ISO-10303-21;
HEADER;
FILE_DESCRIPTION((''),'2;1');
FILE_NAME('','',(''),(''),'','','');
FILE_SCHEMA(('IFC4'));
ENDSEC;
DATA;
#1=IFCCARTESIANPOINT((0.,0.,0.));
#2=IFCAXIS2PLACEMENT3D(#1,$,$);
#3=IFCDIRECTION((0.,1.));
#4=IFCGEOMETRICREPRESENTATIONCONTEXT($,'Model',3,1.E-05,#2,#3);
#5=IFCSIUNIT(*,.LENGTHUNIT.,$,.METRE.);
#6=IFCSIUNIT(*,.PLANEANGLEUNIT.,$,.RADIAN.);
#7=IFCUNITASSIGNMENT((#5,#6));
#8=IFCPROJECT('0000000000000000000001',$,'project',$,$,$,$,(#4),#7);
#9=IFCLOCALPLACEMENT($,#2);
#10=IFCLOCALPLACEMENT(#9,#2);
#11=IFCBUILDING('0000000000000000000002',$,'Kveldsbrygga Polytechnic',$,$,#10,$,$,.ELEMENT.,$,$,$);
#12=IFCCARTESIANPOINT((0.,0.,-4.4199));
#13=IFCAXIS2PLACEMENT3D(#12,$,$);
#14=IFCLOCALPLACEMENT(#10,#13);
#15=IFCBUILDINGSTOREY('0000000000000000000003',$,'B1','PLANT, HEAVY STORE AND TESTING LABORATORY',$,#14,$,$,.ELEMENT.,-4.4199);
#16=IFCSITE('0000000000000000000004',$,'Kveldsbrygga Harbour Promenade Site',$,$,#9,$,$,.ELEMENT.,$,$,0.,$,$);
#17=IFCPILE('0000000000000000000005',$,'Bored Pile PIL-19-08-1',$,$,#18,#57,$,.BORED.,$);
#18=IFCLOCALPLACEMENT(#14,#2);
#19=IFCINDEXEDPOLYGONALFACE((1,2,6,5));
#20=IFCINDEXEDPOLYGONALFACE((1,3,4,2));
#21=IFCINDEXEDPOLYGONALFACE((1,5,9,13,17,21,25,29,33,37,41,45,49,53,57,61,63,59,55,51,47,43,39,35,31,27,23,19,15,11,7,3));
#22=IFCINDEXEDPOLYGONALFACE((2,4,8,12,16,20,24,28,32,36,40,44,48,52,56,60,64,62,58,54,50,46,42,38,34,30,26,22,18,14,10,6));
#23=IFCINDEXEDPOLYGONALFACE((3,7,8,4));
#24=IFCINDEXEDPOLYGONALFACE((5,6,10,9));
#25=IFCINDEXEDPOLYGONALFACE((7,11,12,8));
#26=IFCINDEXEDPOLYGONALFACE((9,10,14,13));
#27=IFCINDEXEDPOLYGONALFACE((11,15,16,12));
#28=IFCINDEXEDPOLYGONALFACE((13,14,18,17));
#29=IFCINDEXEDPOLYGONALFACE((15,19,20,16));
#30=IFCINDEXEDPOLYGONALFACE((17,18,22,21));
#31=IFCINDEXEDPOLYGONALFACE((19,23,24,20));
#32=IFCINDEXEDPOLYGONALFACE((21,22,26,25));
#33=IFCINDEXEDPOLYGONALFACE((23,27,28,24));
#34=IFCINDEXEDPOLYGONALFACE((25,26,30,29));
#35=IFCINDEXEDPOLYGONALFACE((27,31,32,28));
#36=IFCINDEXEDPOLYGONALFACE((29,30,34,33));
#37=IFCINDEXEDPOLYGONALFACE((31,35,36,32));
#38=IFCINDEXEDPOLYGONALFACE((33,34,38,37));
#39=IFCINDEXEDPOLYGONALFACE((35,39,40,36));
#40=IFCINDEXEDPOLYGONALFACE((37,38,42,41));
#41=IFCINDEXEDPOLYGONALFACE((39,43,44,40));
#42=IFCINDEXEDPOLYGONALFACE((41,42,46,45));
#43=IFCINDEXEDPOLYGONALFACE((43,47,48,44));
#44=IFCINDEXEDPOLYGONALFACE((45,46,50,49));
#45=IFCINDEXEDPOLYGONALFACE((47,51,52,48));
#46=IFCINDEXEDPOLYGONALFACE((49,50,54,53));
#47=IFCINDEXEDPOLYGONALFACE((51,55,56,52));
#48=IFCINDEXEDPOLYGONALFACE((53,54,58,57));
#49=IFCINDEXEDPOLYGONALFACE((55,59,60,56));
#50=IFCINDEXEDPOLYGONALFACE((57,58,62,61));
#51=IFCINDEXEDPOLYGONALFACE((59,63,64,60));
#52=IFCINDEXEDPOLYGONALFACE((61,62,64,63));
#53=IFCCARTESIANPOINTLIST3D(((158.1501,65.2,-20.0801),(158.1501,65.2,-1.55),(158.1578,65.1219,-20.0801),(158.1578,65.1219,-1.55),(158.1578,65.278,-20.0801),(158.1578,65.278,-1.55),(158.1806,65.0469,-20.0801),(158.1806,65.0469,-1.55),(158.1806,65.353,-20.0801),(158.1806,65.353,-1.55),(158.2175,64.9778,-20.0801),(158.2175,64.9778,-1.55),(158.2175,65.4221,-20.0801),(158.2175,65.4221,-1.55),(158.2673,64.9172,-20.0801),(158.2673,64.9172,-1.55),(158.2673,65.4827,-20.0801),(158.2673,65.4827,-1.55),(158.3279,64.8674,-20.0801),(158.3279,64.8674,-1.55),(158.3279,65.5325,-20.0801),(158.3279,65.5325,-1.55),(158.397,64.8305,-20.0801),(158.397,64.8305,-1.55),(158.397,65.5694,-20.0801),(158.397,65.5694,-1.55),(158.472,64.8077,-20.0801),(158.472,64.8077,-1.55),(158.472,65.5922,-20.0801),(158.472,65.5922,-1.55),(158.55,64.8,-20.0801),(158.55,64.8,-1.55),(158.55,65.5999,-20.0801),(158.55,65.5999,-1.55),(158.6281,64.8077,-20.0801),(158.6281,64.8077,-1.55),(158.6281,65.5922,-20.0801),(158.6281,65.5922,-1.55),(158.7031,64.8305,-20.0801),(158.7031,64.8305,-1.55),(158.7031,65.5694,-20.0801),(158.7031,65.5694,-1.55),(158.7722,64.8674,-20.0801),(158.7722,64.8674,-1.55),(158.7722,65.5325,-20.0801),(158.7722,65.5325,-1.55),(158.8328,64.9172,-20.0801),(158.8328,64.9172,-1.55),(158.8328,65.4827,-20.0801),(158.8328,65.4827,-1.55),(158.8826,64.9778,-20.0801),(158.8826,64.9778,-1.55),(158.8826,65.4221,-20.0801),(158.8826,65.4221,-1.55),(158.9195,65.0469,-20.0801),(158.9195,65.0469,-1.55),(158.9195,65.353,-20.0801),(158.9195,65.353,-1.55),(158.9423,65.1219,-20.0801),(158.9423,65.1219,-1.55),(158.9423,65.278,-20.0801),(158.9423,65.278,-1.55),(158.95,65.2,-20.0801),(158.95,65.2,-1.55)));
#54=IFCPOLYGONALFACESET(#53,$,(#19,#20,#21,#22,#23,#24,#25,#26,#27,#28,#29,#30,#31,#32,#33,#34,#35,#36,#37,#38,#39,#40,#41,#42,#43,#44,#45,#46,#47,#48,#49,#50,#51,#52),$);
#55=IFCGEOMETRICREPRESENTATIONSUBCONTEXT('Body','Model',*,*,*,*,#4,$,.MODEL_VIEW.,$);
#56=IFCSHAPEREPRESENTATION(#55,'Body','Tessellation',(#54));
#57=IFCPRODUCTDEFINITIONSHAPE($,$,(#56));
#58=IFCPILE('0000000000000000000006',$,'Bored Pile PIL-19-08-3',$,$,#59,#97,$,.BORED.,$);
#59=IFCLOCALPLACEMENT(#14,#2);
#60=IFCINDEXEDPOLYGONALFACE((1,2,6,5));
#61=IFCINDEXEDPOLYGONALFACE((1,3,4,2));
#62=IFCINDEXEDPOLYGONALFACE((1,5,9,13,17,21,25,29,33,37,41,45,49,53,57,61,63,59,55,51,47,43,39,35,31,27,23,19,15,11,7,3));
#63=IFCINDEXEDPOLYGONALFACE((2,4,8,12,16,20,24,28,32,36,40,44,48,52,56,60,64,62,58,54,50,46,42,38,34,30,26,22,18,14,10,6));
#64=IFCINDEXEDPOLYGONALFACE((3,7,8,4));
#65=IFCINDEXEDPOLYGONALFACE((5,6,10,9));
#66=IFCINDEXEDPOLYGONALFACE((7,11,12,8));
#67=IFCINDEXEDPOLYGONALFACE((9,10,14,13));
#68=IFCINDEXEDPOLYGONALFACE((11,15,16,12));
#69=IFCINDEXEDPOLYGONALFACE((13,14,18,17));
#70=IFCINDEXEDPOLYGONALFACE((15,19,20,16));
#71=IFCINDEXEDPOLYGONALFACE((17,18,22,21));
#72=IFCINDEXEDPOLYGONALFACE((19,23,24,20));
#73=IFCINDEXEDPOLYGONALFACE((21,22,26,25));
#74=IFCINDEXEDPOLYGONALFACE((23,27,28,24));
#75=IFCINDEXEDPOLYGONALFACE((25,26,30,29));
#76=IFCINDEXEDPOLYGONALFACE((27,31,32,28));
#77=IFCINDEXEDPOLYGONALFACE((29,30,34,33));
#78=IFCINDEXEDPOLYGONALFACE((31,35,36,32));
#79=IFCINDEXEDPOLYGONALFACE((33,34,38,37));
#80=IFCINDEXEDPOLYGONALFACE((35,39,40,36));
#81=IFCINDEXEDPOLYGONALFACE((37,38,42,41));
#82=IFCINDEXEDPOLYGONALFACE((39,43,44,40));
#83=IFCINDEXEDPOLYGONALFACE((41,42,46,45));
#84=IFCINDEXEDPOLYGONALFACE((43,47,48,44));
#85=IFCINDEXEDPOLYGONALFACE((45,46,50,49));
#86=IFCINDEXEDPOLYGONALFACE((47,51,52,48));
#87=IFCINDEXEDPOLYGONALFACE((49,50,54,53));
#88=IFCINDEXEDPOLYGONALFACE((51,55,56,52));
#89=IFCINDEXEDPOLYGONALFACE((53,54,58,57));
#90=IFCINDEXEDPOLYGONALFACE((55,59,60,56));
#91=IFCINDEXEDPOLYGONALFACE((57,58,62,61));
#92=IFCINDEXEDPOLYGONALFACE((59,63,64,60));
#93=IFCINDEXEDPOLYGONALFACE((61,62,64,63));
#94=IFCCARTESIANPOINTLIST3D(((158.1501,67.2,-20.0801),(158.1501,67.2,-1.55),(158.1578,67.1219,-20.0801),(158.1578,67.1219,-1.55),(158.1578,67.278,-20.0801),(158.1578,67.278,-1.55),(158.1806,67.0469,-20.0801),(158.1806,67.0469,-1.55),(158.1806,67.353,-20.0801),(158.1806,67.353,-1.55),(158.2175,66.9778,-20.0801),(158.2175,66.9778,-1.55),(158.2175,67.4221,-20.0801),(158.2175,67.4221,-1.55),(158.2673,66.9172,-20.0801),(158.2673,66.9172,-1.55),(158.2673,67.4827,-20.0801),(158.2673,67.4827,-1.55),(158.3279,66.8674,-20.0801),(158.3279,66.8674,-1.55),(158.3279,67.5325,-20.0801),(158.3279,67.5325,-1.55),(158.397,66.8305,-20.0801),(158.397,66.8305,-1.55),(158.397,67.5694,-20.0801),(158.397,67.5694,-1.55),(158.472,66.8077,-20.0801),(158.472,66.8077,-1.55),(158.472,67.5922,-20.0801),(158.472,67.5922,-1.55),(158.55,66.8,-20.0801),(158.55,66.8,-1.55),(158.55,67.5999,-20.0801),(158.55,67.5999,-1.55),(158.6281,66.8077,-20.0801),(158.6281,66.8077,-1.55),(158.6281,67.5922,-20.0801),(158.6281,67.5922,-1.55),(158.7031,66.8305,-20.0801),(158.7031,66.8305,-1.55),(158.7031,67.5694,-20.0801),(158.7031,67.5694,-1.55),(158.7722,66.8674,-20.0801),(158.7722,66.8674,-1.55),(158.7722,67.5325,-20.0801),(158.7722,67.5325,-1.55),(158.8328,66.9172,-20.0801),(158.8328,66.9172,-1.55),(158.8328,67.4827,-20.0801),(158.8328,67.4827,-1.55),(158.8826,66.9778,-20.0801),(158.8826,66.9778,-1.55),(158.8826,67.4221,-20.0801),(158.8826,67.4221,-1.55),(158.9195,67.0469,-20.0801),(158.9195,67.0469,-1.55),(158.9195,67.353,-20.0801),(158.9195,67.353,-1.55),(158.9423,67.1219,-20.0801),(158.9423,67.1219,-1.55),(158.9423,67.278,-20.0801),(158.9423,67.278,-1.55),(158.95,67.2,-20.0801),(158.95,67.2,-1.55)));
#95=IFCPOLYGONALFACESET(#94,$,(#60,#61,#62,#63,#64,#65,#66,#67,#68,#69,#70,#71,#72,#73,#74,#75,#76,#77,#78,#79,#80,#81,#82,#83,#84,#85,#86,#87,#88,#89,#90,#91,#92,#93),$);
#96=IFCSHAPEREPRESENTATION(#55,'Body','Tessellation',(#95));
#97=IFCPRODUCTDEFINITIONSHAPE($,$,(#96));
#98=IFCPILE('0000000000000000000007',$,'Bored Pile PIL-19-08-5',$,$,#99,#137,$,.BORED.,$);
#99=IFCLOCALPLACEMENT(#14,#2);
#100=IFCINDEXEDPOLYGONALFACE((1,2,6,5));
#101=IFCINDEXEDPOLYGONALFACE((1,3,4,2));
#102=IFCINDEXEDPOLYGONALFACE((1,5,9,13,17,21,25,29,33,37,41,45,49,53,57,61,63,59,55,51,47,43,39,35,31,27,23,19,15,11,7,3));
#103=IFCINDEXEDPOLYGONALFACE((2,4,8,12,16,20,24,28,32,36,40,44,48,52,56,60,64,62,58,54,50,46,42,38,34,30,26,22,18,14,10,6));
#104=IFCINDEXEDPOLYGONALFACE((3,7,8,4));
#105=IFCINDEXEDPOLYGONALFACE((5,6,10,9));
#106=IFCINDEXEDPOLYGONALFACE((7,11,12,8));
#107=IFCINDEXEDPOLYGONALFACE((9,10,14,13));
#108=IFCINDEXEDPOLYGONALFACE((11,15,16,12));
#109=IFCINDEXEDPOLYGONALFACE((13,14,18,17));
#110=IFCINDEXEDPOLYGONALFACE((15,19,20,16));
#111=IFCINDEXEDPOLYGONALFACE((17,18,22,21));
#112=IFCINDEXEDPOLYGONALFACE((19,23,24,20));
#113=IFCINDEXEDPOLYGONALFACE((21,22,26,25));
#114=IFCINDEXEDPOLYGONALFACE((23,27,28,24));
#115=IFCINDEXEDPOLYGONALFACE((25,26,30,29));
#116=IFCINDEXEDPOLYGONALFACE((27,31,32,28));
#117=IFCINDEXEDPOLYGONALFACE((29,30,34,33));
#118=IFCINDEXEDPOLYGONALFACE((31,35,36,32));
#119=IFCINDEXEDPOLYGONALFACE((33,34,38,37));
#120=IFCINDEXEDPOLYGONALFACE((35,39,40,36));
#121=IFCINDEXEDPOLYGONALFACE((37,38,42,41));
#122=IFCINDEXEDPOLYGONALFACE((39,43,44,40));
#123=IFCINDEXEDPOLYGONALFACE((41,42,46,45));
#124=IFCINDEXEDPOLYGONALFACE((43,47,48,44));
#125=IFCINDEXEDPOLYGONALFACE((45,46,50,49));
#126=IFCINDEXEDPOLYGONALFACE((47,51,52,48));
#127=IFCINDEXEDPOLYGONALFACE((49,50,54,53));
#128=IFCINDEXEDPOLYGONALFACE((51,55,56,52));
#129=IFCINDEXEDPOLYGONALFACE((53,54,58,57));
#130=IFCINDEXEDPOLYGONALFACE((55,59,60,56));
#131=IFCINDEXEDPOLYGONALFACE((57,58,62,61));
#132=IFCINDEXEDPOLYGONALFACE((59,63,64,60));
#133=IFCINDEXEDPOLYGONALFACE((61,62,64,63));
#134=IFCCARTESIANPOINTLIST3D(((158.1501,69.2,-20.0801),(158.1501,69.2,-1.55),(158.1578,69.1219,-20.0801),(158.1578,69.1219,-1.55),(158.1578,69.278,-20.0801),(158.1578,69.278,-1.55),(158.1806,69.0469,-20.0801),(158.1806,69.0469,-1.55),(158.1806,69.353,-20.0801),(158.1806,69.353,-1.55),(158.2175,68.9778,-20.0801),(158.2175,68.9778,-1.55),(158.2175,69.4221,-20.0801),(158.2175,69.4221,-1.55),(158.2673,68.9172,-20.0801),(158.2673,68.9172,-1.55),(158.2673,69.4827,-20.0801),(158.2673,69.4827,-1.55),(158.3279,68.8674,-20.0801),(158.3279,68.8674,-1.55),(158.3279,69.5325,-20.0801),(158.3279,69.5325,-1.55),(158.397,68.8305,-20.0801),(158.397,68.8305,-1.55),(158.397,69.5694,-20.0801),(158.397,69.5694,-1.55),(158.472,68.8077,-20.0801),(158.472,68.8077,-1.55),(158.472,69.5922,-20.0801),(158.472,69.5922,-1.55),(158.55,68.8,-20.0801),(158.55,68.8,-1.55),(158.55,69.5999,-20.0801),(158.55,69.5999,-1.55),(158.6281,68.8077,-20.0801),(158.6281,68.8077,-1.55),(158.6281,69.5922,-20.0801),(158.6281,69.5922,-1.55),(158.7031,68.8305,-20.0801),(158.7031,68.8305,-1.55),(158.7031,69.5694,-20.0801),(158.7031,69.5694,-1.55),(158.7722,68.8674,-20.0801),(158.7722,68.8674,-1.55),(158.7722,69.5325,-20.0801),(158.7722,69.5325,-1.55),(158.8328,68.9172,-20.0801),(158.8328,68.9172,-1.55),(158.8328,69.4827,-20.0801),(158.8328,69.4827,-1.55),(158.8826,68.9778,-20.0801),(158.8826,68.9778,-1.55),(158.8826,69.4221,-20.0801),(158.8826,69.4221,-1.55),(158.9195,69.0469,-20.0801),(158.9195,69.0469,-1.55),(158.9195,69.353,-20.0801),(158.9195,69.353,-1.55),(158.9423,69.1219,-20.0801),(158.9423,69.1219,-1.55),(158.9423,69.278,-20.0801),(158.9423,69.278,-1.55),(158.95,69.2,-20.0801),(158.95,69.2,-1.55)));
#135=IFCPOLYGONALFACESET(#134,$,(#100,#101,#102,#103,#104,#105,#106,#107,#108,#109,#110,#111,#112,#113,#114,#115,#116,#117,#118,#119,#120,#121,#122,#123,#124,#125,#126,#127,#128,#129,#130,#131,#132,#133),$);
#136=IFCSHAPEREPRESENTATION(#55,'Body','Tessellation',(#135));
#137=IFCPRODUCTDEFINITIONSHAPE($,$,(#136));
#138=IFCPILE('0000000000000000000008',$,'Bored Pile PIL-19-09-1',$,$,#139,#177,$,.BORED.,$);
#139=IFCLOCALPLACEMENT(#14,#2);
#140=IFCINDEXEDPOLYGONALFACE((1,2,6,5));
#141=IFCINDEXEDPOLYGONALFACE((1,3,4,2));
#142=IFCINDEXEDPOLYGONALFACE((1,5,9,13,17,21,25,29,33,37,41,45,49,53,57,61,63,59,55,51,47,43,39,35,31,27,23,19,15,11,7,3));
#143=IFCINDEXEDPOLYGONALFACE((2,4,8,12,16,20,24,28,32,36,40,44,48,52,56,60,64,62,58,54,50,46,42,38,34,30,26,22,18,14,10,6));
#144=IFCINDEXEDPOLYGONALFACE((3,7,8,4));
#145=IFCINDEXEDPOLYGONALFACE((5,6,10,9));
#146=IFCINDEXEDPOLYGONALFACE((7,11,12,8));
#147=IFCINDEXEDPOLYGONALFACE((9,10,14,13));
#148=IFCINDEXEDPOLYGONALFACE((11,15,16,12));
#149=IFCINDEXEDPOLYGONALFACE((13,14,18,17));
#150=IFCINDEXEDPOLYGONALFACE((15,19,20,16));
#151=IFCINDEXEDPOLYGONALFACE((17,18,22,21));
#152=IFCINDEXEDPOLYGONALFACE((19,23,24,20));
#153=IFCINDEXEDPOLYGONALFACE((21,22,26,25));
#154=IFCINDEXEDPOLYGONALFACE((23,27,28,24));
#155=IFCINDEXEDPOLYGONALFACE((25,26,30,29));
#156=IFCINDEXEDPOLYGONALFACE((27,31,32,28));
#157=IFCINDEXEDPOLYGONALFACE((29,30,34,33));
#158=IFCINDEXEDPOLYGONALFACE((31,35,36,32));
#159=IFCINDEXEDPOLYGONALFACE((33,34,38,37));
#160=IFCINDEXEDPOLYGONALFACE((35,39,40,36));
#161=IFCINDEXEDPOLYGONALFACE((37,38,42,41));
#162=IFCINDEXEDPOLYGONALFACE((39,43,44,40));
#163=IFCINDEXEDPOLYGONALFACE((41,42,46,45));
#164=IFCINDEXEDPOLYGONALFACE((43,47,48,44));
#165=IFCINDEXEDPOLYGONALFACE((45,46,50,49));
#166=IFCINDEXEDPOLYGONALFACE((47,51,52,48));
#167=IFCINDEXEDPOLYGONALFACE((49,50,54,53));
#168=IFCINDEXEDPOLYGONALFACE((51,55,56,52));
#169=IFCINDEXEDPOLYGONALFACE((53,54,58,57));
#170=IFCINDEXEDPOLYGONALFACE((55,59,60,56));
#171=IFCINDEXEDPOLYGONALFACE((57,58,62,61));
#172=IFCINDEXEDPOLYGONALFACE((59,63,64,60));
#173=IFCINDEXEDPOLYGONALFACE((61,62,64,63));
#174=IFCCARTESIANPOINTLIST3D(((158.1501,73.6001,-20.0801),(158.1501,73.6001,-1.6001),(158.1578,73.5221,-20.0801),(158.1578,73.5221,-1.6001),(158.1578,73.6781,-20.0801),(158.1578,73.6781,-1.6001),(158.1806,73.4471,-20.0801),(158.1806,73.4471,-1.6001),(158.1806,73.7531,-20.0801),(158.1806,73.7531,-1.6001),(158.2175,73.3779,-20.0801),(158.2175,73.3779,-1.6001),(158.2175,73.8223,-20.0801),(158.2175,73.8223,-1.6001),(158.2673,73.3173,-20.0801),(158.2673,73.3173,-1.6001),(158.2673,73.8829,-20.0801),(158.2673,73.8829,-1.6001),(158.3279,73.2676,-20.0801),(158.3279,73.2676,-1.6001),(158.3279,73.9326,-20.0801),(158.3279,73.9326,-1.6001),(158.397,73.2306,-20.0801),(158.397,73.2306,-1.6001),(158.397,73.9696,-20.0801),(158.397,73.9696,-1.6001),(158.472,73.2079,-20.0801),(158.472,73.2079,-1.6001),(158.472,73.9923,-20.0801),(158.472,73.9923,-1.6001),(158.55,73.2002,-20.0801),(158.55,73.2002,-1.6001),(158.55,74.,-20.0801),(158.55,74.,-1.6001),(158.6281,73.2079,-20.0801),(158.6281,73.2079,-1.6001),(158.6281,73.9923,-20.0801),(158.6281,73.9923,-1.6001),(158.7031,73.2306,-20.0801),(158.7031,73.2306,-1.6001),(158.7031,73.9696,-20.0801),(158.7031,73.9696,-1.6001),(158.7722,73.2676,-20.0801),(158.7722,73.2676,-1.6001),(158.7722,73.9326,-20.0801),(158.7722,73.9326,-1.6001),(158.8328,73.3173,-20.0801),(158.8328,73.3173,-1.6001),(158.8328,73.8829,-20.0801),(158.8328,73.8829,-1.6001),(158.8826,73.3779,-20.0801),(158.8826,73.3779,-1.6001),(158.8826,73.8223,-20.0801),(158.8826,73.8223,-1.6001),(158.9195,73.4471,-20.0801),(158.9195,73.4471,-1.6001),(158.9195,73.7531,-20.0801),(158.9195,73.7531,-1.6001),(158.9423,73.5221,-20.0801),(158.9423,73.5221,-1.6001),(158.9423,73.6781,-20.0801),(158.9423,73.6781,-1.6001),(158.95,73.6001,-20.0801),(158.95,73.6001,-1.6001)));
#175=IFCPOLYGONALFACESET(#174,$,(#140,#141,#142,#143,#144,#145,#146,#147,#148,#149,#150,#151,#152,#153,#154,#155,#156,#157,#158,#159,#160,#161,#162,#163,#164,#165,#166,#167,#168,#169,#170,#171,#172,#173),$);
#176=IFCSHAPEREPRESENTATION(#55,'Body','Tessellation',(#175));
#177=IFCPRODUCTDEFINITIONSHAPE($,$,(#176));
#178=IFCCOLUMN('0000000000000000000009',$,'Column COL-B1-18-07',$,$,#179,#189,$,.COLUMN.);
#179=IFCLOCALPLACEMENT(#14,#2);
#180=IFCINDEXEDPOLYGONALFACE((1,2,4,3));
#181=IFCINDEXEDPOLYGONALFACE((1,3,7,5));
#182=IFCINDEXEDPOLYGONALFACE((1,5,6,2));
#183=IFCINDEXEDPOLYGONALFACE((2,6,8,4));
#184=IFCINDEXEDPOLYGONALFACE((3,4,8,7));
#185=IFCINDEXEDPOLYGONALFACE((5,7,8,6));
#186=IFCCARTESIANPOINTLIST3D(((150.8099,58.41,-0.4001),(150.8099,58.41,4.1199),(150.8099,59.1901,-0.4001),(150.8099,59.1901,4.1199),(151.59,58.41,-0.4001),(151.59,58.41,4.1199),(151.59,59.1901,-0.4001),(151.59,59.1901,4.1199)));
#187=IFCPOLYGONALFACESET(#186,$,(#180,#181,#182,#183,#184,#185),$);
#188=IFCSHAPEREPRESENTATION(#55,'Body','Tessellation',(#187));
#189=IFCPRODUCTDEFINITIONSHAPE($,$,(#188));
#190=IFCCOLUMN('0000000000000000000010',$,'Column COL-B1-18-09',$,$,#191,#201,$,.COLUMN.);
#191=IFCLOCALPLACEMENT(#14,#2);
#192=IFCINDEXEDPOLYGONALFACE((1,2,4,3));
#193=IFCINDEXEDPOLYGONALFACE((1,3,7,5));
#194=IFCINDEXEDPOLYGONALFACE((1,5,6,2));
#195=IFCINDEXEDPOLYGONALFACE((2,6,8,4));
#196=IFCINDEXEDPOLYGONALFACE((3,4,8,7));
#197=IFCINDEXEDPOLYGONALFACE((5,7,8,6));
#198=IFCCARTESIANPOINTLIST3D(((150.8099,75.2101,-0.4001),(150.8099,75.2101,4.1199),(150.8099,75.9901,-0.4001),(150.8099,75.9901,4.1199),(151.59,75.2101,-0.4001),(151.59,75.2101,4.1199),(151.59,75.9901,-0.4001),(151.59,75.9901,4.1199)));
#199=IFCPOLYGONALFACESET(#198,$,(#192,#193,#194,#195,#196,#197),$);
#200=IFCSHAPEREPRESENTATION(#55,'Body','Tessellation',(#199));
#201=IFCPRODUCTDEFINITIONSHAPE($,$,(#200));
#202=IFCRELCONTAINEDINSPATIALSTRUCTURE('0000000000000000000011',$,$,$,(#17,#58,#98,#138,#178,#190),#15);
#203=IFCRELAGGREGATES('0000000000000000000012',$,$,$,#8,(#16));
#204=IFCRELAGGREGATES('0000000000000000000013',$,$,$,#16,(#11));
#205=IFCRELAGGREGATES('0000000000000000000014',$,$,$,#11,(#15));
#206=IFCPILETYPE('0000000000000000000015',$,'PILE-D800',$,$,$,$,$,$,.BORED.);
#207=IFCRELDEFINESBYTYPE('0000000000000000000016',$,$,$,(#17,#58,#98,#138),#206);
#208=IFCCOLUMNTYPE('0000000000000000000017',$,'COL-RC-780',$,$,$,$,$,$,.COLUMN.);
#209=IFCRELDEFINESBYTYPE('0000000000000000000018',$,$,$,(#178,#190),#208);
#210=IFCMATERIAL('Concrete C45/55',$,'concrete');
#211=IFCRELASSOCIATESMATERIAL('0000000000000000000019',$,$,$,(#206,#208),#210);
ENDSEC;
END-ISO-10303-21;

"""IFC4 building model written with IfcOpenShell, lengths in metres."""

from ifc_helpers import new_model, si_unit, direction, frame, origin, origin_2d, place, context, subcontext, project, spatial, rectangle, circle, extrude, material, material_profile, profile_set, type_object, element, save


model = new_model("IFC4")

# Units and contexts
model_context = context("Model", 3, precision=1e-05, world=origin(), true_north=direction((0.0, 1.0)))
body_context = subcontext(model_context, "Body", "Model", "MODEL_VIEW")
ifc_project = project(units=[si_unit("LENGTHUNIT", "METRE"), si_unit("PLANEANGLEUNIT", "RADIAN")], contexts=[model_context])

# Site, building, storey
site_placement = place(None, origin())
site = spatial("IfcSite", under=ifc_project, at=site_placement, Name="Kveldsbrygga Harbour Promenade Site", CompositionType="ELEMENT", RefElevation=0.0)
building_placement = place(site_placement, origin())
building = spatial("IfcBuilding", under=site, at=building_placement, Name="Kveldsbrygga Polytechnic", CompositionType="ELEMENT")
storey_placement = place(building_placement, frame((0.0, 0.0, -4.4199)))
storey = spatial("IfcBuildingStorey", under=building, at=storey_placement, Name="B1", Description="PLANT, HEAVY STORE AND TESTING LABORATORY", CompositionType="ELEMENT", Elevation=-4.4199)

# Shared definitions
ifc_material_1 = material(Name="Concrete C45/55", Category="concrete")

# Piles
ifc_material_profile_1 = material_profile(ifc_material_1, circle(Radius=0.3999, at=origin_2d()), Name="PILE D800")
ifc_profile_set_1 = profile_set([ifc_material_profile_1], Name="Concrete C45/55")
pile_type = type_object("IfcPileType", Name="PILE-D800", PredefinedType="BORED", material=ifc_profile_set_1)
for number, where, z_axis, x_axis, name in (
    (1, (158.55, 65.2, -1.55), (0.0, 0.0, -1.0), (1.0, 0.0, 0.0), "Bored Pile PIL-19-08-1"),
    (2, (158.55, 67.2, -1.55), (0.0, 0.0, -1.0), (1.0, 0.0, 0.0), "Bored Pile PIL-19-08-3"),
    (3, (158.55, 69.2, -1.55), (0.0, 0.0, -1.0), (1.0, 0.0, 0.0), "Bored Pile PIL-19-08-5"),
):
    element("IfcPile", number, at=place(storey_placement, frame(where, z_axis=z_axis, x_axis=x_axis)), inside=storey, type_object=pile_type, Name=name, PredefinedType="BORED", context=body_context, shape_type="SweptSolid", body=[
        extrude(circle(Radius=0.3999, at=origin_2d()), origin(), (0.0, 0.0, 1.0), 18.53),
    ])
pile_placement = place(storey_placement, frame((158.55, 73.6001, -1.6001), z_axis=(0.0, 0.0, -1.0), x_axis=(1.0, 0.0, 0.0)))
element("IfcPile", 4, at=pile_placement, inside=storey, type_object=pile_type, Name="Bored Pile PIL-19-09-1", PredefinedType="BORED", context=body_context, shape_type="SweptSolid", body=[
    extrude(circle(Radius=0.3999, at=origin_2d()), origin(), (0.0, 0.0, 1.0), 18.48),
])

# Columns
ifc_material_profile_2 = material_profile(ifc_material_1, rectangle(XDim=0.78, YDim=0.78, at=origin_2d()), Name="RC 780x780")
ifc_profile_set_2 = profile_set([ifc_material_profile_2], Name="Concrete C45/55")
column_type_1 = type_object("IfcColumnType", Name="COL-RC-780", PredefinedType="COLUMN", material=ifc_profile_set_2)
for number, where, z_axis, x_axis, name in (
    (5, (151.2, 58.8, -0.4001), (0.0, 0.0, 1.0), (1.0, 0.0, 0.0), "Column COL-B1-18-07"),
    (6, (151.2, 75.6001, -0.4001), (0.0, 0.0, 1.0), (1.0, 0.0, 0.0), "Column COL-B1-18-09"),
):
    element("IfcColumn", number, at=place(storey_placement, frame(where, z_axis=z_axis, x_axis=x_axis)), inside=storey, type_object=column_type_1, Name=name, PredefinedType="COLUMN", context=body_context, shape_type="SweptSolid", body=[
        extrude(rectangle(XDim=0.78, YDim=0.78, at=origin_2d()), origin(), (0.0, 0.0, 1.0), 4.52),
    ])

save(model, "model.ifc")
